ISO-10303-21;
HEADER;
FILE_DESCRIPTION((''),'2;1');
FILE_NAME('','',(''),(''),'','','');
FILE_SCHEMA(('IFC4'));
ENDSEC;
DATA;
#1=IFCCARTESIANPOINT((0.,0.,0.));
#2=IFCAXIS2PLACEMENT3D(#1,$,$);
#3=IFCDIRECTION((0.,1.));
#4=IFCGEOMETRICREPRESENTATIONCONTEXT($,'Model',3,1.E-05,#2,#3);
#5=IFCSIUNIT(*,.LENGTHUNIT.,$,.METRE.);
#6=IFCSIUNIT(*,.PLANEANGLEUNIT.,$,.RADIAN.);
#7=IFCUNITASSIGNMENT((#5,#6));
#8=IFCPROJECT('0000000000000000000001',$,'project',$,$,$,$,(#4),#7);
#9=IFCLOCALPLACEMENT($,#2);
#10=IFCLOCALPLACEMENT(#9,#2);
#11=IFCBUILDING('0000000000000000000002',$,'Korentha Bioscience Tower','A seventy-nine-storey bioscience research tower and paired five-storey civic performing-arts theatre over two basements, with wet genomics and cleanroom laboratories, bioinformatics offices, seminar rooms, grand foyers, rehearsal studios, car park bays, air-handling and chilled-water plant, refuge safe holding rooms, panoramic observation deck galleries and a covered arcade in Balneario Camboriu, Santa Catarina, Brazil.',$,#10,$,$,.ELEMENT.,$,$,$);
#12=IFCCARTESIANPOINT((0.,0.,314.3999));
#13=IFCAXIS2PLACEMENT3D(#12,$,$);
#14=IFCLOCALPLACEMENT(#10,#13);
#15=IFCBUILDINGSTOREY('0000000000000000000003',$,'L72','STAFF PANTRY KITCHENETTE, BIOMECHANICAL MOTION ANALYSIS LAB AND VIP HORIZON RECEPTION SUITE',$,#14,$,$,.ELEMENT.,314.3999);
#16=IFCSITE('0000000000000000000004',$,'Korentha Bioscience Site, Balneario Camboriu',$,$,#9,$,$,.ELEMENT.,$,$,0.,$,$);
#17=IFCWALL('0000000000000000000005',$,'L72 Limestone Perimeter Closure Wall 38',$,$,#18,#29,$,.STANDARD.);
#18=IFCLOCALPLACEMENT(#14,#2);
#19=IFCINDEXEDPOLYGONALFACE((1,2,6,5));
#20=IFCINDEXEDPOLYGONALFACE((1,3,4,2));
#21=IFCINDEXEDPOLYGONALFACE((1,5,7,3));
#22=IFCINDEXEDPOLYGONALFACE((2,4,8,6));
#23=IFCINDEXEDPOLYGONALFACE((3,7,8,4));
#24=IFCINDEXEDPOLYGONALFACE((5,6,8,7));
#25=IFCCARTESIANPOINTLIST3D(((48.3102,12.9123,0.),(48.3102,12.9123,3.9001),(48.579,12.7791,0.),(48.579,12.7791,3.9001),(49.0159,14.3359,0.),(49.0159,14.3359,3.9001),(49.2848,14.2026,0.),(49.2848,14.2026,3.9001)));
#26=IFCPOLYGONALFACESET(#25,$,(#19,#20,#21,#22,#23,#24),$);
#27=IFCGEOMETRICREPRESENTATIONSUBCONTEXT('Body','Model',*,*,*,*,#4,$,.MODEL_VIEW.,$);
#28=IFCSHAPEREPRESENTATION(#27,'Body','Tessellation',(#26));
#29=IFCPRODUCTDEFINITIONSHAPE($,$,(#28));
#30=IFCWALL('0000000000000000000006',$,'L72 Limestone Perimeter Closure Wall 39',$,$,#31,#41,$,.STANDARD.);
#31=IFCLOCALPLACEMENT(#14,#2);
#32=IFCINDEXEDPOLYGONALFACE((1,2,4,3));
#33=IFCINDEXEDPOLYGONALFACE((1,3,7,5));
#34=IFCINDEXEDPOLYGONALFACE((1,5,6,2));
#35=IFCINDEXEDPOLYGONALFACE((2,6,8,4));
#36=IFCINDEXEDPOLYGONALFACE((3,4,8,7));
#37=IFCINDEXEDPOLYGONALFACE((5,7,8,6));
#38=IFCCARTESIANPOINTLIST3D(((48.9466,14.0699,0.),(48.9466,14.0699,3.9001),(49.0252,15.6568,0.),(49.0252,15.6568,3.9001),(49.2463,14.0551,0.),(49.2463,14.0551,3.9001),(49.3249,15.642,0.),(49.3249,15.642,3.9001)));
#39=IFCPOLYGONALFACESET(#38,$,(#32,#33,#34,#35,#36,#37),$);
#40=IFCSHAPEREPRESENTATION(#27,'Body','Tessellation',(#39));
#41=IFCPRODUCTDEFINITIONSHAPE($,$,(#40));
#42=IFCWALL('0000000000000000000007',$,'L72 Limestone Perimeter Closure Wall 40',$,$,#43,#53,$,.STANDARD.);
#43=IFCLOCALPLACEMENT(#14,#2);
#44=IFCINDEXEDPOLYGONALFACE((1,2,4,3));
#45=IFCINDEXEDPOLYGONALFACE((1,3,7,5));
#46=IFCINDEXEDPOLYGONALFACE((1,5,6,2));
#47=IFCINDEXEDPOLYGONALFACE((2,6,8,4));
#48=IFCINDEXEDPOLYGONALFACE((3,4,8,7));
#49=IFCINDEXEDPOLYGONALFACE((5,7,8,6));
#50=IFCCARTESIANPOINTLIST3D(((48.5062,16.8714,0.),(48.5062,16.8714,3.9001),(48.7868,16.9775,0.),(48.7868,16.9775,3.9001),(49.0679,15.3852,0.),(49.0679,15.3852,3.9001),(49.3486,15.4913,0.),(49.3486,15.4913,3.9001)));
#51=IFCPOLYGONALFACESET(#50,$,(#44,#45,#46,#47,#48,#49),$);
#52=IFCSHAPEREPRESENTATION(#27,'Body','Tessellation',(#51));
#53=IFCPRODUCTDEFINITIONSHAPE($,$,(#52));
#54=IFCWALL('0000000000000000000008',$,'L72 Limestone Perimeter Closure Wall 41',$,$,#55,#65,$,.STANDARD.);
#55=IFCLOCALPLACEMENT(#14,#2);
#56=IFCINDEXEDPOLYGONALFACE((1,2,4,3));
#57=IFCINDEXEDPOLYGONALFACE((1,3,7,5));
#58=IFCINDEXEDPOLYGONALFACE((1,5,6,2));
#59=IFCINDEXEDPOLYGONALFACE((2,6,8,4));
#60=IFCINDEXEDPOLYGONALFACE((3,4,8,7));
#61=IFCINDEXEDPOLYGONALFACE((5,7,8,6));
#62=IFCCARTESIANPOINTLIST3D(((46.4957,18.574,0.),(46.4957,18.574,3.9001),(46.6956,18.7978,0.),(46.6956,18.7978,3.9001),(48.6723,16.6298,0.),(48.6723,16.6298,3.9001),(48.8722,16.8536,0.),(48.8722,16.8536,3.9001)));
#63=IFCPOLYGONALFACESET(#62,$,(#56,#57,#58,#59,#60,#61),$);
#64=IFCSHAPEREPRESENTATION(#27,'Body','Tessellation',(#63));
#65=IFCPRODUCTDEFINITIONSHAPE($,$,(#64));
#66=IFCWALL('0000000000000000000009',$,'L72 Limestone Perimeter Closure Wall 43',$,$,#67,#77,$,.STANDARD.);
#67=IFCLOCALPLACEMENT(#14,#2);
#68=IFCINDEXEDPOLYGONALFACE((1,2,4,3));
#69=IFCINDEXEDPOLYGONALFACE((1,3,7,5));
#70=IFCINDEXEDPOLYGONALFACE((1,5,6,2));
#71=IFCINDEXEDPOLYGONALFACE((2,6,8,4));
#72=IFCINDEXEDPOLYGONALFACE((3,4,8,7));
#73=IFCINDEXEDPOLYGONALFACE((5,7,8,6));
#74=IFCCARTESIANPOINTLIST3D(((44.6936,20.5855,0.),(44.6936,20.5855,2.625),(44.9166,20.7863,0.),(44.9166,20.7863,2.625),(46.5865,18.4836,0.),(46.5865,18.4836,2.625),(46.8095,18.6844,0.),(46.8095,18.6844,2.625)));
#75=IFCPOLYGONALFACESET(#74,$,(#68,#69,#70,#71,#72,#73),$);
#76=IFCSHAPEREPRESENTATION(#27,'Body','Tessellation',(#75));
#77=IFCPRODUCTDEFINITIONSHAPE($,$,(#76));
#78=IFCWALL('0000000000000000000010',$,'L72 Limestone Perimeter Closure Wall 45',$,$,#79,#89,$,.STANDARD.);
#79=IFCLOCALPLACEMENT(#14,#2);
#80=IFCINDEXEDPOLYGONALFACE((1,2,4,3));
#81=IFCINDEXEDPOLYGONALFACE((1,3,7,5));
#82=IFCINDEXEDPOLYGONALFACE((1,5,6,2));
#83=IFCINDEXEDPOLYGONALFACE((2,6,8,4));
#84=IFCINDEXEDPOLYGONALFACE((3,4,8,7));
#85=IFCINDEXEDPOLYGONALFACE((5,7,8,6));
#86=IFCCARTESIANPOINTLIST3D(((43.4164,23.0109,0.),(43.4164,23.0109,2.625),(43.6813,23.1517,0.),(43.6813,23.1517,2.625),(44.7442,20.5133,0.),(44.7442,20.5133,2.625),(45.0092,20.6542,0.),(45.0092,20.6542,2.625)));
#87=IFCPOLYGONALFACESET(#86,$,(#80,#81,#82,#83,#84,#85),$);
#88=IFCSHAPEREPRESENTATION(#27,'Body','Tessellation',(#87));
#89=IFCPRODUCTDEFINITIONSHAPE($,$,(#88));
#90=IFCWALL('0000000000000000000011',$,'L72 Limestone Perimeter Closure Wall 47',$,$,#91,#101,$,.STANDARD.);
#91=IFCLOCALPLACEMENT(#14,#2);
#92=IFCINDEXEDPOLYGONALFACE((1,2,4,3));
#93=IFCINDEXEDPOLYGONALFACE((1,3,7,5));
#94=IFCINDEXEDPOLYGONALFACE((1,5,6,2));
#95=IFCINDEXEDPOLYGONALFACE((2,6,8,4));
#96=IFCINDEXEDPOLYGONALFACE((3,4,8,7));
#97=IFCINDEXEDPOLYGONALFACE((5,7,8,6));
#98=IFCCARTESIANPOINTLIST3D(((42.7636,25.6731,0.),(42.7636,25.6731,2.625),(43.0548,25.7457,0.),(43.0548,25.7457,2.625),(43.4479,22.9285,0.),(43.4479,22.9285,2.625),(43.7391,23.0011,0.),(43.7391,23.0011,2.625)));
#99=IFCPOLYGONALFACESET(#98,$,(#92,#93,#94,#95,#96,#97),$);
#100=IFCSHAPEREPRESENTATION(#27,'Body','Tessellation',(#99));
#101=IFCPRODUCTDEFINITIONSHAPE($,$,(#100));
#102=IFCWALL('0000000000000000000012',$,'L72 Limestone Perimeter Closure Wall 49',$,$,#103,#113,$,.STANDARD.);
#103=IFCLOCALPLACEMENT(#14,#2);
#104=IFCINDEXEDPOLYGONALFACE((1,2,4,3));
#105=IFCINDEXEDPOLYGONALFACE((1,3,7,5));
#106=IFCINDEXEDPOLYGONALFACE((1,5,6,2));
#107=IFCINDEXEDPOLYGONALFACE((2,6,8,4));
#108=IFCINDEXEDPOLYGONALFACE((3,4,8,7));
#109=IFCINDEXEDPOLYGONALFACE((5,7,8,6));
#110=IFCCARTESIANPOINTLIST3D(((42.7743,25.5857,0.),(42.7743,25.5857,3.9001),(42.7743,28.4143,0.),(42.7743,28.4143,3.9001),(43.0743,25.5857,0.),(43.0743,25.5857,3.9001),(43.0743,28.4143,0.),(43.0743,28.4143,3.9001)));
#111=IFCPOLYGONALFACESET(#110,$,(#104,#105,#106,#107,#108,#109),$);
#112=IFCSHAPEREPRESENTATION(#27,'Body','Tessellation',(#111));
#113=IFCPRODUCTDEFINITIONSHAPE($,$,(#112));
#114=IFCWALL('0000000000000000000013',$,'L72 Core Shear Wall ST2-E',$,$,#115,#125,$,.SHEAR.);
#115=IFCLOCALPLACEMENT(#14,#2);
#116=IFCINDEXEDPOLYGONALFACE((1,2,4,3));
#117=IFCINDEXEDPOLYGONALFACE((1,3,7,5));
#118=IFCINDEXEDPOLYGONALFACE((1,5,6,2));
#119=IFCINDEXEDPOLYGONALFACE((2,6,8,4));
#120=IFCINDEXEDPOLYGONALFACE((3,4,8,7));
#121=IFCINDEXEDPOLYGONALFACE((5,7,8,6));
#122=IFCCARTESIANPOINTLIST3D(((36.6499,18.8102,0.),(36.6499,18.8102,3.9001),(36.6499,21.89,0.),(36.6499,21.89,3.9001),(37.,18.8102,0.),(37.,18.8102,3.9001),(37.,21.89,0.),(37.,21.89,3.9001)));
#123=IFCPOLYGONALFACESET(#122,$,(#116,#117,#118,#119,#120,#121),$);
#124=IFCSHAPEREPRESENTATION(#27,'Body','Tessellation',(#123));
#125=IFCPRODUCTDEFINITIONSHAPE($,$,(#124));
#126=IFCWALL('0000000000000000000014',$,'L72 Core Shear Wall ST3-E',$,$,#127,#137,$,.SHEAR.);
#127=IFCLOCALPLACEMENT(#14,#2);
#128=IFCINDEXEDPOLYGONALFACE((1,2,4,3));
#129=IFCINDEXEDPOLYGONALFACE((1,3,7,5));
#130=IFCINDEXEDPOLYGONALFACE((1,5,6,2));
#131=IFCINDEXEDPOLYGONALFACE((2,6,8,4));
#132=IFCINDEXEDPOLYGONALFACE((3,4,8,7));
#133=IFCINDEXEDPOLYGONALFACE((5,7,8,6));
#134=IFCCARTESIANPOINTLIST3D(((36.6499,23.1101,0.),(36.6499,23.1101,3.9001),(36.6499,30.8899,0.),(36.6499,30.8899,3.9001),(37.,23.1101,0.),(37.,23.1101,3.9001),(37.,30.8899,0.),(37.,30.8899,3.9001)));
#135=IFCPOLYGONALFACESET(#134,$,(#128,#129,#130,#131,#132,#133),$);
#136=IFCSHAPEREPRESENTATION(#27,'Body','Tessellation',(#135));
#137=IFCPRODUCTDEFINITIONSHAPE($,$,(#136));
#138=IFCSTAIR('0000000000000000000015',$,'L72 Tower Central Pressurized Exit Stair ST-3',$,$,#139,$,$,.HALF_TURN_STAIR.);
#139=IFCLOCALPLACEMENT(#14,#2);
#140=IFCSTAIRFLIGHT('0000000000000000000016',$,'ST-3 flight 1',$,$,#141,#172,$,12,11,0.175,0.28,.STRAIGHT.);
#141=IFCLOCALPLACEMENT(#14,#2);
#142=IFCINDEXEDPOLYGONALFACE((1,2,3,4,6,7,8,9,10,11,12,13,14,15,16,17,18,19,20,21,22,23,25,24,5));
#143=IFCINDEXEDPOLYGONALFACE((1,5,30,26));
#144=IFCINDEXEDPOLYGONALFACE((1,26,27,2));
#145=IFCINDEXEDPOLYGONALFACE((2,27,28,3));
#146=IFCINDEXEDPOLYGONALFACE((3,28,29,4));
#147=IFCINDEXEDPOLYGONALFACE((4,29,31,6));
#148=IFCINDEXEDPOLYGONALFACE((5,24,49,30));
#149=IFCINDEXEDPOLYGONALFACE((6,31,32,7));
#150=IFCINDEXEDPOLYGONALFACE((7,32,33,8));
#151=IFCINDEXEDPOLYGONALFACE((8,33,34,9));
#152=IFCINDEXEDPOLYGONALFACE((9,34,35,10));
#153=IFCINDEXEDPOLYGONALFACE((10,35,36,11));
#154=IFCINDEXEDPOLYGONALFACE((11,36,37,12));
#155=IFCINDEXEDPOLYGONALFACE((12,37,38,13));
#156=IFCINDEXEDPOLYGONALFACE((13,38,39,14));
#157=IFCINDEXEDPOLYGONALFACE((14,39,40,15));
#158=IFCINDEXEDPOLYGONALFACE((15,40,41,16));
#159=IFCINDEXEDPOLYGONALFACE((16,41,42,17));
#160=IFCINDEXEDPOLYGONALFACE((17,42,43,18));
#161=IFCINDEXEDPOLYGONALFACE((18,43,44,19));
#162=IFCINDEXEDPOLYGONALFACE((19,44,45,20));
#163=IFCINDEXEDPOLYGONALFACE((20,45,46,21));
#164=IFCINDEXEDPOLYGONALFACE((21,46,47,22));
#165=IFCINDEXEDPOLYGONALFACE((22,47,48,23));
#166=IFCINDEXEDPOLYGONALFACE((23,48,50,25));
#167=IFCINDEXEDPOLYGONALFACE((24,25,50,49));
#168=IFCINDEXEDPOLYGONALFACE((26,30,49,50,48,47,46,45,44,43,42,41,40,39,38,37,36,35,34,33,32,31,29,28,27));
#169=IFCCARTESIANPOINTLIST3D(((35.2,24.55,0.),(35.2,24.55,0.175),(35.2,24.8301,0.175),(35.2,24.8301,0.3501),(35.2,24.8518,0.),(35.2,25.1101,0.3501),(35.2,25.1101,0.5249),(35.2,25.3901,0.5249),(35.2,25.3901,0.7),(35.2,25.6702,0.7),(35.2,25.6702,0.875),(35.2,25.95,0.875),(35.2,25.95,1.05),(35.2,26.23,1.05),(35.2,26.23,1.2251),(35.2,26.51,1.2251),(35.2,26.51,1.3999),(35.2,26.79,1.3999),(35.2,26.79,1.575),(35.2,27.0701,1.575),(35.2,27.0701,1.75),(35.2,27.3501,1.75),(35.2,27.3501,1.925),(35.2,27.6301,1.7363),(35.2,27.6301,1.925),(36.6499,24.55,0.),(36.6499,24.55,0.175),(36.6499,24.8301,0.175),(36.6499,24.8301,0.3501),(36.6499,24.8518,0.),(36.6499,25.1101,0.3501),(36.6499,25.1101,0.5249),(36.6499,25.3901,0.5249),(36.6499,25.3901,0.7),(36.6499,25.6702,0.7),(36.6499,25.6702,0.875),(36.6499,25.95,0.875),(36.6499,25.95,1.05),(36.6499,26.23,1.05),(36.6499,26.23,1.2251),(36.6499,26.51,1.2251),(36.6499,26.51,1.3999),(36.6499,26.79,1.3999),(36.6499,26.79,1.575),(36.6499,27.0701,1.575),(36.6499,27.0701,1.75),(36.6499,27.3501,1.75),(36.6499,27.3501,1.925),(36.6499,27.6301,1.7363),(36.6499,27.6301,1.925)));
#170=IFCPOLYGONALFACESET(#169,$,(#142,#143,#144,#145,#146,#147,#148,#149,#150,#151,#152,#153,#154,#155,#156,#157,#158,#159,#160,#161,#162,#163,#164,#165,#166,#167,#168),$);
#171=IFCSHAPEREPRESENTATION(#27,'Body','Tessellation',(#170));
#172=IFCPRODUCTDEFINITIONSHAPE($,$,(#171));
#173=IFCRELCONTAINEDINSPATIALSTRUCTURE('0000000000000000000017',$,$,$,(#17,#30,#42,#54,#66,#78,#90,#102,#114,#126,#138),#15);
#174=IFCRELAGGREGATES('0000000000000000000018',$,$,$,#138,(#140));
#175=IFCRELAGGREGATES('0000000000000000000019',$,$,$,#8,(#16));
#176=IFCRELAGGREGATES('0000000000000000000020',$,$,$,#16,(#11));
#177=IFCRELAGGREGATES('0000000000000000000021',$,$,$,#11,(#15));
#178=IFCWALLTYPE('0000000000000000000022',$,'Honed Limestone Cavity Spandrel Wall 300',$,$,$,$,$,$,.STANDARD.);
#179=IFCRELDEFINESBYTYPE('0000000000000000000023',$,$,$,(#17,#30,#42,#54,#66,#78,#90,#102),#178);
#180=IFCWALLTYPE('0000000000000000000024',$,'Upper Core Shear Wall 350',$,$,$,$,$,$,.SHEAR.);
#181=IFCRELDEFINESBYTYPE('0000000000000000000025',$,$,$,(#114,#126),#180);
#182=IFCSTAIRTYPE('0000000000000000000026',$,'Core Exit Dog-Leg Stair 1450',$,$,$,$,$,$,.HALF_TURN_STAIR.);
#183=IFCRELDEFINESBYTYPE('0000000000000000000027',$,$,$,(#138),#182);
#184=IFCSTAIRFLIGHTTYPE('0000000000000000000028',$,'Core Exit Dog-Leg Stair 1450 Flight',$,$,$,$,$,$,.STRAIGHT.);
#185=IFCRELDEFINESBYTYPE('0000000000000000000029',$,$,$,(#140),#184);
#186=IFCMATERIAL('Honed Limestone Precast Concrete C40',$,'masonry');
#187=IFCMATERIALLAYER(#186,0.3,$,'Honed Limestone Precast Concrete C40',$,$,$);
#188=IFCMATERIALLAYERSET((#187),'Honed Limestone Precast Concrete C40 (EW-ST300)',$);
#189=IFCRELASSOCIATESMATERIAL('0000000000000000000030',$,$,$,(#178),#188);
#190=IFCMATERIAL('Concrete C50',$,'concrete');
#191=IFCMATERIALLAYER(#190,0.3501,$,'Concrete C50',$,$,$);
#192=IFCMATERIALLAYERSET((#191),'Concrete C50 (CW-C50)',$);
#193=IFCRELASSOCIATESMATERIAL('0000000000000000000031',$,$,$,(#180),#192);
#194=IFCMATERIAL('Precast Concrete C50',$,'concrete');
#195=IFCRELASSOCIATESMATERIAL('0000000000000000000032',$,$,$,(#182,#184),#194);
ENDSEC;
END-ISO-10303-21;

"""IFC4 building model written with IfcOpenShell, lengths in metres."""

from ifc_helpers import new_model, si_unit, direction, frame, frame_2d, origin, place, context, subcontext, project, spatial, polyline, rectangle, outline, extrude, material, layer, layer_set, type_object, element, aggregate, save


model = new_model("IFC4")

# Units and contexts
model_context = context("Model", 3, precision=1e-05, world=origin(), true_north=direction((0.0, 1.0)))
body_context = subcontext(model_context, "Body", "Model", "MODEL_VIEW")
ifc_project = project(units=[si_unit("LENGTHUNIT", "METRE"), si_unit("PLANEANGLEUNIT", "RADIAN")], contexts=[model_context])

# Site, building, storey
site_placement = place(None, origin())
site = spatial("IfcSite", under=ifc_project, at=site_placement, Name="Korentha Bioscience Site, Balneario Camboriu", CompositionType="ELEMENT", RefElevation=0.0)
building_placement = place(site_placement, origin())
building = spatial("IfcBuilding", under=site, at=building_placement, Name="Korentha Bioscience Tower", Description="A seventy-nine-storey bioscience research tower and paired five-storey civic performing-arts theatre over two basements, with wet genomics and cleanroom laboratories, bioinformatics offices, seminar rooms, grand foyers, rehearsal studios, car park bays, air-handling and chilled-water plant, refuge safe holding rooms, panoramic observation deck galleries and a covered arcade in Balneario Camboriu, Santa Catarina, Brazil.", CompositionType="ELEMENT")
storey_placement = place(building_placement, frame((0.0, 0.0, 314.3999)))
storey = spatial("IfcBuildingStorey", under=building, at=storey_placement, Name="L72", Description="STAFF PANTRY KITCHENETTE, BIOMECHANICAL MOTION ANALYSIS LAB AND VIP HORIZON RECEPTION SUITE", CompositionType="ELEMENT", Elevation=314.3999)

# Shared definitions
ifc_material_1 = material(Name="Concrete C50", Category="concrete")

# Walls
ifc_material_2 = material(Name="Honed Limestone Precast Concrete C40", Category="masonry")
ifc_layer_1 = layer(ifc_material_2, 0.3, Name="Honed Limestone Precast Concrete C40")
ifc_layer_set_1 = layer_set([ifc_layer_1], Name="Honed Limestone Precast Concrete C40 (EW-ST300)")
wall_type_1 = type_object("IfcWallType", Name="Honed Limestone Cavity Spandrel Wall 300", PredefinedType="STANDARD", material=ifc_layer_set_1)
for number, where, z_axis, x_axis, name in (
    (1, (48.4446, 12.8457, 0.0), (0.0, 0.0, 1.0), (0.4442, 0.895928, 0.0), "L72 Limestone Perimeter Closure Wall 38"),
    (2, (49.0964, 14.0625, 0.0), (0.0, 0.0, 1.0), (0.049478, 0.998775, 0.0), "L72 Limestone Perimeter Closure Wall 39"),
    (3, (49.2083, 15.4382, 0.0), (0.0, 0.0, 1.0), (-0.353547, 0.935417, 0.0), "L72 Limestone Perimeter Closure Wall 40"),
):
    element("IfcWall", number, at=place(storey_placement, frame(where, z_axis=z_axis, x_axis=x_axis)), inside=storey, type_object=wall_type_1, Name=name, PredefinedType="STANDARD", context=body_context, shape_type="SweptSolid", body=[
        extrude(rectangle(XDim=1.5889, YDim=0.3, at=frame_2d((0.7944, 0.0))), origin(), (0.0, 0.0, 1.0), 3.9001),
    ])
wall_1_placement = place(storey_placement, frame((48.7722, 16.7417, 0.0), z_axis=(0.0, 0.0, 1.0), x_axis=(-0.745806, 0.666164, 0.0)))
element("IfcWall", 4, at=wall_1_placement, inside=storey, type_object=wall_type_1, Name="L72 Limestone Perimeter Closure Wall 41", PredefinedType="STANDARD", context=body_context, shape_type="SweptSolid", body=[
    extrude(rectangle(XDim=2.9185, YDim=0.3, at=frame_2d((1.4592, 0.0))), origin(), (0.0, 0.0, 1.0), 3.9001),
])
for number, where, z_axis, x_axis, name in (
    (5, (46.698, 18.584, 0.0), (0.0, 0.0, 1.0), (-0.669198, 0.743084, 0.0), "L72 Limestone Perimeter Closure Wall 43"),
    (6, (44.8767, 20.5837, 0.0), (0.0, 0.0, 1.0), (-0.469445, 0.882961, 0.0), "L72 Limestone Perimeter Closure Wall 45"),
    (7, (43.5935, 22.9648, 0.0), (0.0, 0.0, 1.0), (-0.241926, 0.970295, 0.0), "L72 Limestone Perimeter Closure Wall 47"),
):
    element("IfcWall", number, at=place(storey_placement, frame(where, z_axis=z_axis, x_axis=x_axis)), inside=storey, type_object=wall_type_1, Name=name, PredefinedType="STANDARD", context=body_context, shape_type="SweptSolid", body=[
        extrude(rectangle(XDim=2.8286, YDim=0.3, at=frame_2d((1.4143, 0.0))), origin(), (0.0, 0.0, 1.0), 2.625),
    ])
wall_2_placement = place(storey_placement, frame((42.9243, 25.5857, 0.0), z_axis=(0.0, 0.0, 1.0), x_axis=(0.0, 1.0, 0.0)))
element("IfcWall", 8, at=wall_2_placement, inside=storey, type_object=wall_type_1, Name="L72 Limestone Perimeter Closure Wall 49", PredefinedType="STANDARD", context=body_context, shape_type="SweptSolid", body=[
    extrude(rectangle(XDim=2.8286, YDim=0.3, at=frame_2d((1.4143, 0.0))), origin(), (0.0, 0.0, 1.0), 3.9001),
])
ifc_layer_2 = layer(ifc_material_1, 0.3501, Name="Concrete C50")
ifc_layer_set_2 = layer_set([ifc_layer_2], Name="Concrete C50 (CW-C50)")
wall_type_2 = type_object("IfcWallType", Name="Upper Core Shear Wall 350", PredefinedType="SHEAR", material=ifc_layer_set_2)
wall_3_placement = place(storey_placement, frame((36.825, 18.8101, 0.0), z_axis=(0.0, 0.0, 1.0), x_axis=(0.0, 1.0, 0.0)))
element("IfcWall", 9, at=wall_3_placement, inside=storey, type_object=wall_type_2, Name="L72 Core Shear Wall ST2-E", PredefinedType="SHEAR", context=body_context, shape_type="SweptSolid", body=[
    extrude(rectangle(XDim=3.0798, YDim=0.3501, at=frame_2d((1.54, 0.0))), origin(), (0.0, 0.0, 1.0), 3.9001),
])
wall_4_placement = place(storey_placement, frame((36.825, 23.1101, 0.0), z_axis=(0.0, 0.0, 1.0), x_axis=(0.0, 1.0, 0.0)))
element("IfcWall", 10, at=wall_4_placement, inside=storey, type_object=wall_type_2, Name="L72 Core Shear Wall ST3-E", PredefinedType="SHEAR", context=body_context, shape_type="SweptSolid", body=[
    extrude(rectangle(XDim=7.7798, YDim=0.3501, at=frame_2d((3.8899, 0.0))), origin(), (0.0, 0.0, 1.0), 3.9001),
])

# Stair, stair flight
ifc_material_3 = material(Name="Precast Concrete C50", Category="concrete")
stair_type = type_object("IfcStairType", Name="Core Exit Dog-Leg Stair 1450", PredefinedType="HALF_TURN_STAIR", material=ifc_material_3)
stair_placement = place(storey_placement, origin())
stair = element("IfcStair", 11, at=stair_placement, inside=storey, type_object=stair_type, Name="L72 Tower Central Pressurized Exit Stair ST-3", PredefinedType="HALF_TURN_STAIR")
stair_flight_type = type_object("IfcStairFlightType", Name="Core Exit Dog-Leg Stair 1450 Flight", PredefinedType="STRAIGHT", material=ifc_material_3)
stair_flight_placement = place(storey_placement, frame((35.925, 24.55, 0.0), z_axis=(0.0, 0.0, 1.0), x_axis=(0.0, 1.0, 0.0)))
stair_flight = element("IfcStairFlight", 12, at=stair_flight_placement, type_object=stair_flight_type, Name="ST-3 flight 1", NumberOfRisers=12, NumberOfTreads=11, PredefinedType="STRAIGHT", RiserHeight=0.175, TreadLength=0.28, context=body_context, shape_type="SweptSolid", body=[
    extrude(outline(polyline([(0.0, 0.0), (0.0, 0.175), (0.28, 0.175), (0.28, 0.3501), (0.5601, 0.3501), (0.5601, 0.5249), (0.8401, 0.5249), (0.8401, 0.7), (1.1201, 0.7), (1.1201, 0.875), (1.3999, 0.875), (1.3999, 1.05), (1.6799, 1.05), (1.6799, 1.2251), (1.96, 1.2251), (1.96, 1.3999), (2.24, 1.3999), (2.24, 1.575), (2.52, 1.575), (2.52, 1.75), (2.8, 1.75), (2.8, 1.925), (3.0801, 1.925), (3.0801, 2.1001), (3.0801, 1.7363), (0.3018, 0.0), (0.0, 0.0)])), frame((0.0, 0.7251, 0.0), z_axis=(0.0, -1.0, 0.0), x_axis=(1.0, 0.0, 0.0)), (0.0, 0.0, 1.0), 1.45),
])
aggregate(stair, [stair_flight])

save(model, "model.ifc")
